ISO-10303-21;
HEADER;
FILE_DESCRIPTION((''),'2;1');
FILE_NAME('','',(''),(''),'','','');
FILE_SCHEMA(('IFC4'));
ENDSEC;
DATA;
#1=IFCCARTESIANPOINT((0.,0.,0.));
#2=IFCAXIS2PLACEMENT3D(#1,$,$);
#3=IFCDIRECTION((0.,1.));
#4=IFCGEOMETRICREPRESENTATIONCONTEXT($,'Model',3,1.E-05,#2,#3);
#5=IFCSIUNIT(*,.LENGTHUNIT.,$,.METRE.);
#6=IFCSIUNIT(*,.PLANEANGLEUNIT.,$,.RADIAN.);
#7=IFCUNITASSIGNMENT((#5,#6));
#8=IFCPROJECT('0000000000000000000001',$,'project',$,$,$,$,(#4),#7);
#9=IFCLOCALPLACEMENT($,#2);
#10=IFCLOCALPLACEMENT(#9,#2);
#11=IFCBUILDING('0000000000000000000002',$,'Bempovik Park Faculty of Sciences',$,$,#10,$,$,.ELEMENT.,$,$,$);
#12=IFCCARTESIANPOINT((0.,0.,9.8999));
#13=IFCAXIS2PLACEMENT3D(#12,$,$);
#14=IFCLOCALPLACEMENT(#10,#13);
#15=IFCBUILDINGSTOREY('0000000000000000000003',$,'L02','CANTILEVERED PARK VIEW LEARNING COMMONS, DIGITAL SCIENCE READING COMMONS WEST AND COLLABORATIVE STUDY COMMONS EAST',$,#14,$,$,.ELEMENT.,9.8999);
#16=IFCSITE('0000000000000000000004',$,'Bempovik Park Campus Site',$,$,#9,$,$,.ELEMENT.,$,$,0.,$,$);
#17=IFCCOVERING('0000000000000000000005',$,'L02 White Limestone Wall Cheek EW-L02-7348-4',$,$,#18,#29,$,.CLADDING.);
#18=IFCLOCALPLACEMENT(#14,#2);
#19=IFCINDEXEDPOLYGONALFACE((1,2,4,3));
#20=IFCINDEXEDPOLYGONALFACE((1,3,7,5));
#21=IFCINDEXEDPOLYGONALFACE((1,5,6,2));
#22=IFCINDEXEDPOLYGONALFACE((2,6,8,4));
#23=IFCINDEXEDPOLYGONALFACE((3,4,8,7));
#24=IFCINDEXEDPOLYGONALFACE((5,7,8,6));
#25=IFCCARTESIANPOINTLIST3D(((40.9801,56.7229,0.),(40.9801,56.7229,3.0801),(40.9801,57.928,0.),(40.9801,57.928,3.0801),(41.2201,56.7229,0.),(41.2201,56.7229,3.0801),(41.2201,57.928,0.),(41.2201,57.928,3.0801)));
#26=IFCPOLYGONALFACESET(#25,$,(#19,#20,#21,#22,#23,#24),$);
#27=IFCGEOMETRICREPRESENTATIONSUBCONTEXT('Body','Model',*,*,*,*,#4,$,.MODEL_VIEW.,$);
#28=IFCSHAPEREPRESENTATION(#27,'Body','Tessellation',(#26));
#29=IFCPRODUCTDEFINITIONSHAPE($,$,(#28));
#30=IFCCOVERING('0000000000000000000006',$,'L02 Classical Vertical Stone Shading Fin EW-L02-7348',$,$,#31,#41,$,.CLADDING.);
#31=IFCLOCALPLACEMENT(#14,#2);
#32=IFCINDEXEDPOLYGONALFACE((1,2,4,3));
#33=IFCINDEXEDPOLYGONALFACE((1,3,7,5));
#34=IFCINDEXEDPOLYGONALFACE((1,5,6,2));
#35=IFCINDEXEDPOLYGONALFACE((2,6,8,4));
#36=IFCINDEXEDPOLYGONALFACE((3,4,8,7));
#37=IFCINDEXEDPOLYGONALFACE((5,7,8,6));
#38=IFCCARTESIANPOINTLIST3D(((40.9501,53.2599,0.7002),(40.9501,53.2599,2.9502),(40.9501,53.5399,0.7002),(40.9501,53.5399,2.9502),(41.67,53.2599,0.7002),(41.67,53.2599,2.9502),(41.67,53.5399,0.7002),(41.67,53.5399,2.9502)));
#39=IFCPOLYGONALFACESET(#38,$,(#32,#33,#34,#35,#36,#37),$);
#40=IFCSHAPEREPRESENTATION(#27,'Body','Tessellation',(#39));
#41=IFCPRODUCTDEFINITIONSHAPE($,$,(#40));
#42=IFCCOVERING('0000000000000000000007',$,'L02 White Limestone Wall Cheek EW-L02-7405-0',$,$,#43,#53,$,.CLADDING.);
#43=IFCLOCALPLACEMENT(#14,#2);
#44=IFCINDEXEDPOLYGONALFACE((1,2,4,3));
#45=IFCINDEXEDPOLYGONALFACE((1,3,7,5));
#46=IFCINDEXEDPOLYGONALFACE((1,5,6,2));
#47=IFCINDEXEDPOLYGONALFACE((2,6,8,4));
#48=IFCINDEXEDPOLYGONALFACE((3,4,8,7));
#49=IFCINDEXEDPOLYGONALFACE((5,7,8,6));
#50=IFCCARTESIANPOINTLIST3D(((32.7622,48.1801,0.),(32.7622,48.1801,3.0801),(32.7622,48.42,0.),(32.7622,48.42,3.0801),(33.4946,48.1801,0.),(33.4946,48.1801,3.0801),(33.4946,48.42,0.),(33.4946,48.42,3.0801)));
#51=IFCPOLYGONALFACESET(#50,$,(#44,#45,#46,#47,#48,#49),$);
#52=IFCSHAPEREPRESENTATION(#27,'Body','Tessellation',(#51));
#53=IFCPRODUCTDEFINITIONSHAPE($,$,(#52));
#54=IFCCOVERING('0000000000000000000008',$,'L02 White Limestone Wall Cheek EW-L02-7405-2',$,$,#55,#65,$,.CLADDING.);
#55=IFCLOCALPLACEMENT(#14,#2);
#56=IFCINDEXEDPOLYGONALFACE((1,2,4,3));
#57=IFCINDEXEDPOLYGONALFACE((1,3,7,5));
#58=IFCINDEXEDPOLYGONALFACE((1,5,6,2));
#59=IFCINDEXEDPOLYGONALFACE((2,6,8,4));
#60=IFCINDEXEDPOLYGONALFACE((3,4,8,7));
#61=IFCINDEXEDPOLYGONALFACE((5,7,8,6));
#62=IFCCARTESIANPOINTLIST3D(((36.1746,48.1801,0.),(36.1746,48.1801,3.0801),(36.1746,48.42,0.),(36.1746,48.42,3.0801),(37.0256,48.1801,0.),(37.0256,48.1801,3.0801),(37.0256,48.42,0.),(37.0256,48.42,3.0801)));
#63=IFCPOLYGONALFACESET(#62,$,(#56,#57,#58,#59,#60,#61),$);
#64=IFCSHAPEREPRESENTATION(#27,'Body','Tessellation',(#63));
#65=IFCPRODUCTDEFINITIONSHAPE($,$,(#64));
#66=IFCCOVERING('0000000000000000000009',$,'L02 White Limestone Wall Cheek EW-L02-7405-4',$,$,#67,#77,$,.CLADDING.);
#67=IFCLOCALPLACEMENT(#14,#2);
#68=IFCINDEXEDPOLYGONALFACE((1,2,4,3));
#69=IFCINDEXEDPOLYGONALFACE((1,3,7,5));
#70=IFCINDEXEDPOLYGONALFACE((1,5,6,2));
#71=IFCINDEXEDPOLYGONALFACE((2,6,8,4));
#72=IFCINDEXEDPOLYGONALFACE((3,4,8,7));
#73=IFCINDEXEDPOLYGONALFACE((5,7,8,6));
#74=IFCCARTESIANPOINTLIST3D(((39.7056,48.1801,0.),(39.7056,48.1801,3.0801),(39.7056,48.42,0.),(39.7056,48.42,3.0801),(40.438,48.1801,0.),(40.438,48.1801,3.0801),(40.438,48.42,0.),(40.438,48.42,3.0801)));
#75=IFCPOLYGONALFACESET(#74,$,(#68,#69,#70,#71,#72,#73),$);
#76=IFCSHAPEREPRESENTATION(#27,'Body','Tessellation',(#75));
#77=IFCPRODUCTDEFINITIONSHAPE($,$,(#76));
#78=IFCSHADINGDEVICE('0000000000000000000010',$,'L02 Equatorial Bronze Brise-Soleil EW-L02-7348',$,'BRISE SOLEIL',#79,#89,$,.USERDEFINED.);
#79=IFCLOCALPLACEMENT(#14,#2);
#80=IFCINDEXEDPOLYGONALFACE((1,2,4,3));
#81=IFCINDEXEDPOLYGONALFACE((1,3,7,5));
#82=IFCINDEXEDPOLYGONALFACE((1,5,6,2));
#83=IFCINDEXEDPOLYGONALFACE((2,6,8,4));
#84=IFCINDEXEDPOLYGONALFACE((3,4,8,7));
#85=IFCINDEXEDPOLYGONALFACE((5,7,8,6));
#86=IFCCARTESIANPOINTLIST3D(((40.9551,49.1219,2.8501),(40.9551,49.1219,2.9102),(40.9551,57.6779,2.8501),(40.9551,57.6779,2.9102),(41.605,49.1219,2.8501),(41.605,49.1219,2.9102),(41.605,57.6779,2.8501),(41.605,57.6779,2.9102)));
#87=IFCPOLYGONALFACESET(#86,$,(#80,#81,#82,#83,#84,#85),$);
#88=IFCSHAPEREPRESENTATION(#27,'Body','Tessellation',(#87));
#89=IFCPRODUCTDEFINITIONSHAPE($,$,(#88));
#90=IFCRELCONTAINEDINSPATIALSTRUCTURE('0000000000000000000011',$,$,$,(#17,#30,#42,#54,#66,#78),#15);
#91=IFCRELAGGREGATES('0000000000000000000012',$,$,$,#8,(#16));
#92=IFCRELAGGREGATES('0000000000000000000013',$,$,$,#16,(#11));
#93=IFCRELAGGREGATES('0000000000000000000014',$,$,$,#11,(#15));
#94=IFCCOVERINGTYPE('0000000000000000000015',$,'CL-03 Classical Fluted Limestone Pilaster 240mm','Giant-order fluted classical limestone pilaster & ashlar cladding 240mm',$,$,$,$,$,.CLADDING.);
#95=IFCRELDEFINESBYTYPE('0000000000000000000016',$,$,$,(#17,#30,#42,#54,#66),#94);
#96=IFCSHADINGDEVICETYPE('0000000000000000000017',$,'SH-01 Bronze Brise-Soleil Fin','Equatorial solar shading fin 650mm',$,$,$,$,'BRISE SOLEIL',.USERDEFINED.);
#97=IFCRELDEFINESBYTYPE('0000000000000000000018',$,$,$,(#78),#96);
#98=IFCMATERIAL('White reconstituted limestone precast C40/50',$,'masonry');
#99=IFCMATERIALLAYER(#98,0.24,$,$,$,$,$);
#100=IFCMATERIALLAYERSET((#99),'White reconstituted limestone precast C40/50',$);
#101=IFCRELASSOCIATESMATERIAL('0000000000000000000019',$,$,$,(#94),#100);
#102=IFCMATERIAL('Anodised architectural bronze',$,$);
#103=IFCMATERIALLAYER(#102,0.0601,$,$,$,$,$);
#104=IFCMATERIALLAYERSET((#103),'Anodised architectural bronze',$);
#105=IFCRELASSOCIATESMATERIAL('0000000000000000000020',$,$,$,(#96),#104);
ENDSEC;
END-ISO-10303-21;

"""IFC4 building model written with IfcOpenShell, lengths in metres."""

from ifc_helpers import new_model, si_unit, direction, frame, origin, origin_2d, place, context, subcontext, project, spatial, rectangle, extrude, material, layer, layer_set, type_object, element, save


model = new_model("IFC4")

# Units and contexts
model_context = context("Model", 3, precision=1e-05, world=origin(), true_north=direction((0.0, 1.0)))
body_context = subcontext(model_context, "Body", "Model", "MODEL_VIEW")
ifc_project = project(units=[si_unit("LENGTHUNIT", "METRE"), si_unit("PLANEANGLEUNIT", "RADIAN")], contexts=[model_context])

# Site, building, storey
site_placement = place(None, origin())
site = spatial("IfcSite", under=ifc_project, at=site_placement, Name="Bempovik Park Campus Site", CompositionType="ELEMENT", RefElevation=0.0)
building_placement = place(site_placement, origin())
building = spatial("IfcBuilding", under=site, at=building_placement, Name="Bempovik Park Faculty of Sciences", CompositionType="ELEMENT")
storey_placement = place(building_placement, frame((0.0, 0.0, 9.8999)))
storey = spatial("IfcBuildingStorey", under=building, at=storey_placement, Name="L02", Description="CANTILEVERED PARK VIEW LEARNING COMMONS, DIGITAL SCIENCE READING COMMONS WEST AND COLLABORATIVE STUDY COMMONS EAST", CompositionType="ELEMENT", Elevation=9.8999)

# Coverings
ifc_material_1 = material(Name="White reconstituted limestone precast C40/50", Category="masonry")
ifc_layer_1 = layer(ifc_material_1, 0.24)
ifc_layer_set_1 = layer_set([ifc_layer_1], Name="White reconstituted limestone precast C40/50")
covering_type = type_object("IfcCoveringType", Name="CL-03 Classical Fluted Limestone Pilaster 240mm", Description="Giant-order fluted classical limestone pilaster & ashlar cladding 240mm", PredefinedType="CLADDING", material=ifc_layer_set_1)
covering_1_placement = place(storey_placement, frame((41.1001, 57.3254, 0.0), z_axis=(0.0, 0.0, 1.0), x_axis=(1.0, 0.0, 0.0)))
element("IfcCovering", 1, at=covering_1_placement, inside=storey, type_object=covering_type, Name="L02 White Limestone Wall Cheek EW-L02-7348-4", PredefinedType="CLADDING", context=body_context, shape_type="SweptSolid", body=[
    extrude(rectangle(XDim=0.24, YDim=1.2051, at=origin_2d()), origin(), (0.0, 0.0, 1.0), 3.0801),
])
covering_2_placement = place(storey_placement, frame((41.3101, 53.3999, 0.7002), z_axis=(0.0, 0.0, 1.0), x_axis=(1.0, 0.0, 0.0)))
element("IfcCovering", 2, at=covering_2_placement, inside=storey, type_object=covering_type, Name="L02 Classical Vertical Stone Shading Fin EW-L02-7348", PredefinedType="CLADDING", context=body_context, shape_type="SweptSolid", body=[
    extrude(rectangle(XDim=0.72, YDim=0.28, at=origin_2d()), origin(), (0.0, 0.0, 1.0), 2.25),
])
covering_3_placement = place(storey_placement, frame((33.1284, 48.3, 0.0), z_axis=(0.0, 0.0, 1.0), x_axis=(1.0, 0.0, 0.0)))
element("IfcCovering", 3, at=covering_3_placement, inside=storey, type_object=covering_type, Name="L02 White Limestone Wall Cheek EW-L02-7405-0", PredefinedType="CLADDING", context=body_context, shape_type="SweptSolid", body=[
    extrude(rectangle(XDim=0.7324, YDim=0.24, at=origin_2d()), origin(), (0.0, 0.0, 1.0), 3.0801),
])
covering_4_placement = place(storey_placement, frame((36.6001, 48.3, 0.0), z_axis=(0.0, 0.0, 1.0), x_axis=(1.0, 0.0, 0.0)))
element("IfcCovering", 4, at=covering_4_placement, inside=storey, type_object=covering_type, Name="L02 White Limestone Wall Cheek EW-L02-7405-2", PredefinedType="CLADDING", context=body_context, shape_type="SweptSolid", body=[
    extrude(rectangle(XDim=0.8511, YDim=0.24, at=origin_2d()), origin(), (0.0, 0.0, 1.0), 3.0801),
])
covering_5_placement = place(storey_placement, frame((40.0718, 48.3, 0.0), z_axis=(0.0, 0.0, 1.0), x_axis=(1.0, 0.0, 0.0)))
element("IfcCovering", 5, at=covering_5_placement, inside=storey, type_object=covering_type, Name="L02 White Limestone Wall Cheek EW-L02-7405-4", PredefinedType="CLADDING", context=body_context, shape_type="SweptSolid", body=[
    extrude(rectangle(XDim=0.7324, YDim=0.24, at=origin_2d()), origin(), (0.0, 0.0, 1.0), 3.0801),
])

# Shading device
ifc_material_2 = material(Name="Anodised architectural bronze")
ifc_layer_2 = layer(ifc_material_2, 0.0601)
ifc_layer_set_2 = layer_set([ifc_layer_2], Name="Anodised architectural bronze")
shading_device_type = type_object("IfcShadingDeviceType", Name="SH-01 Bronze Brise-Soleil Fin", Description="Equatorial solar shading fin 650mm", ElementType="BRISE SOLEIL", PredefinedType="USERDEFINED", material=ifc_layer_set_2)
shading_device_placement = place(storey_placement, frame((41.28, 53.3999, 2.8501), z_axis=(0.0, 0.0, 1.0), x_axis=(1.0, 0.0, 0.0)))
element("IfcShadingDevice", 6, at=shading_device_placement, inside=storey, type_object=shading_device_type, Name="L02 Equatorial Bronze Brise-Soleil EW-L02-7348", ObjectType="BRISE SOLEIL", PredefinedType="USERDEFINED", context=body_context, shape_type="SweptSolid", body=[
    extrude(rectangle(XDim=0.6499, YDim=8.5559, at=origin_2d()), origin(), (0.0, 0.0, 1.0), 0.0601),
])

save(model, "model.ifc")
